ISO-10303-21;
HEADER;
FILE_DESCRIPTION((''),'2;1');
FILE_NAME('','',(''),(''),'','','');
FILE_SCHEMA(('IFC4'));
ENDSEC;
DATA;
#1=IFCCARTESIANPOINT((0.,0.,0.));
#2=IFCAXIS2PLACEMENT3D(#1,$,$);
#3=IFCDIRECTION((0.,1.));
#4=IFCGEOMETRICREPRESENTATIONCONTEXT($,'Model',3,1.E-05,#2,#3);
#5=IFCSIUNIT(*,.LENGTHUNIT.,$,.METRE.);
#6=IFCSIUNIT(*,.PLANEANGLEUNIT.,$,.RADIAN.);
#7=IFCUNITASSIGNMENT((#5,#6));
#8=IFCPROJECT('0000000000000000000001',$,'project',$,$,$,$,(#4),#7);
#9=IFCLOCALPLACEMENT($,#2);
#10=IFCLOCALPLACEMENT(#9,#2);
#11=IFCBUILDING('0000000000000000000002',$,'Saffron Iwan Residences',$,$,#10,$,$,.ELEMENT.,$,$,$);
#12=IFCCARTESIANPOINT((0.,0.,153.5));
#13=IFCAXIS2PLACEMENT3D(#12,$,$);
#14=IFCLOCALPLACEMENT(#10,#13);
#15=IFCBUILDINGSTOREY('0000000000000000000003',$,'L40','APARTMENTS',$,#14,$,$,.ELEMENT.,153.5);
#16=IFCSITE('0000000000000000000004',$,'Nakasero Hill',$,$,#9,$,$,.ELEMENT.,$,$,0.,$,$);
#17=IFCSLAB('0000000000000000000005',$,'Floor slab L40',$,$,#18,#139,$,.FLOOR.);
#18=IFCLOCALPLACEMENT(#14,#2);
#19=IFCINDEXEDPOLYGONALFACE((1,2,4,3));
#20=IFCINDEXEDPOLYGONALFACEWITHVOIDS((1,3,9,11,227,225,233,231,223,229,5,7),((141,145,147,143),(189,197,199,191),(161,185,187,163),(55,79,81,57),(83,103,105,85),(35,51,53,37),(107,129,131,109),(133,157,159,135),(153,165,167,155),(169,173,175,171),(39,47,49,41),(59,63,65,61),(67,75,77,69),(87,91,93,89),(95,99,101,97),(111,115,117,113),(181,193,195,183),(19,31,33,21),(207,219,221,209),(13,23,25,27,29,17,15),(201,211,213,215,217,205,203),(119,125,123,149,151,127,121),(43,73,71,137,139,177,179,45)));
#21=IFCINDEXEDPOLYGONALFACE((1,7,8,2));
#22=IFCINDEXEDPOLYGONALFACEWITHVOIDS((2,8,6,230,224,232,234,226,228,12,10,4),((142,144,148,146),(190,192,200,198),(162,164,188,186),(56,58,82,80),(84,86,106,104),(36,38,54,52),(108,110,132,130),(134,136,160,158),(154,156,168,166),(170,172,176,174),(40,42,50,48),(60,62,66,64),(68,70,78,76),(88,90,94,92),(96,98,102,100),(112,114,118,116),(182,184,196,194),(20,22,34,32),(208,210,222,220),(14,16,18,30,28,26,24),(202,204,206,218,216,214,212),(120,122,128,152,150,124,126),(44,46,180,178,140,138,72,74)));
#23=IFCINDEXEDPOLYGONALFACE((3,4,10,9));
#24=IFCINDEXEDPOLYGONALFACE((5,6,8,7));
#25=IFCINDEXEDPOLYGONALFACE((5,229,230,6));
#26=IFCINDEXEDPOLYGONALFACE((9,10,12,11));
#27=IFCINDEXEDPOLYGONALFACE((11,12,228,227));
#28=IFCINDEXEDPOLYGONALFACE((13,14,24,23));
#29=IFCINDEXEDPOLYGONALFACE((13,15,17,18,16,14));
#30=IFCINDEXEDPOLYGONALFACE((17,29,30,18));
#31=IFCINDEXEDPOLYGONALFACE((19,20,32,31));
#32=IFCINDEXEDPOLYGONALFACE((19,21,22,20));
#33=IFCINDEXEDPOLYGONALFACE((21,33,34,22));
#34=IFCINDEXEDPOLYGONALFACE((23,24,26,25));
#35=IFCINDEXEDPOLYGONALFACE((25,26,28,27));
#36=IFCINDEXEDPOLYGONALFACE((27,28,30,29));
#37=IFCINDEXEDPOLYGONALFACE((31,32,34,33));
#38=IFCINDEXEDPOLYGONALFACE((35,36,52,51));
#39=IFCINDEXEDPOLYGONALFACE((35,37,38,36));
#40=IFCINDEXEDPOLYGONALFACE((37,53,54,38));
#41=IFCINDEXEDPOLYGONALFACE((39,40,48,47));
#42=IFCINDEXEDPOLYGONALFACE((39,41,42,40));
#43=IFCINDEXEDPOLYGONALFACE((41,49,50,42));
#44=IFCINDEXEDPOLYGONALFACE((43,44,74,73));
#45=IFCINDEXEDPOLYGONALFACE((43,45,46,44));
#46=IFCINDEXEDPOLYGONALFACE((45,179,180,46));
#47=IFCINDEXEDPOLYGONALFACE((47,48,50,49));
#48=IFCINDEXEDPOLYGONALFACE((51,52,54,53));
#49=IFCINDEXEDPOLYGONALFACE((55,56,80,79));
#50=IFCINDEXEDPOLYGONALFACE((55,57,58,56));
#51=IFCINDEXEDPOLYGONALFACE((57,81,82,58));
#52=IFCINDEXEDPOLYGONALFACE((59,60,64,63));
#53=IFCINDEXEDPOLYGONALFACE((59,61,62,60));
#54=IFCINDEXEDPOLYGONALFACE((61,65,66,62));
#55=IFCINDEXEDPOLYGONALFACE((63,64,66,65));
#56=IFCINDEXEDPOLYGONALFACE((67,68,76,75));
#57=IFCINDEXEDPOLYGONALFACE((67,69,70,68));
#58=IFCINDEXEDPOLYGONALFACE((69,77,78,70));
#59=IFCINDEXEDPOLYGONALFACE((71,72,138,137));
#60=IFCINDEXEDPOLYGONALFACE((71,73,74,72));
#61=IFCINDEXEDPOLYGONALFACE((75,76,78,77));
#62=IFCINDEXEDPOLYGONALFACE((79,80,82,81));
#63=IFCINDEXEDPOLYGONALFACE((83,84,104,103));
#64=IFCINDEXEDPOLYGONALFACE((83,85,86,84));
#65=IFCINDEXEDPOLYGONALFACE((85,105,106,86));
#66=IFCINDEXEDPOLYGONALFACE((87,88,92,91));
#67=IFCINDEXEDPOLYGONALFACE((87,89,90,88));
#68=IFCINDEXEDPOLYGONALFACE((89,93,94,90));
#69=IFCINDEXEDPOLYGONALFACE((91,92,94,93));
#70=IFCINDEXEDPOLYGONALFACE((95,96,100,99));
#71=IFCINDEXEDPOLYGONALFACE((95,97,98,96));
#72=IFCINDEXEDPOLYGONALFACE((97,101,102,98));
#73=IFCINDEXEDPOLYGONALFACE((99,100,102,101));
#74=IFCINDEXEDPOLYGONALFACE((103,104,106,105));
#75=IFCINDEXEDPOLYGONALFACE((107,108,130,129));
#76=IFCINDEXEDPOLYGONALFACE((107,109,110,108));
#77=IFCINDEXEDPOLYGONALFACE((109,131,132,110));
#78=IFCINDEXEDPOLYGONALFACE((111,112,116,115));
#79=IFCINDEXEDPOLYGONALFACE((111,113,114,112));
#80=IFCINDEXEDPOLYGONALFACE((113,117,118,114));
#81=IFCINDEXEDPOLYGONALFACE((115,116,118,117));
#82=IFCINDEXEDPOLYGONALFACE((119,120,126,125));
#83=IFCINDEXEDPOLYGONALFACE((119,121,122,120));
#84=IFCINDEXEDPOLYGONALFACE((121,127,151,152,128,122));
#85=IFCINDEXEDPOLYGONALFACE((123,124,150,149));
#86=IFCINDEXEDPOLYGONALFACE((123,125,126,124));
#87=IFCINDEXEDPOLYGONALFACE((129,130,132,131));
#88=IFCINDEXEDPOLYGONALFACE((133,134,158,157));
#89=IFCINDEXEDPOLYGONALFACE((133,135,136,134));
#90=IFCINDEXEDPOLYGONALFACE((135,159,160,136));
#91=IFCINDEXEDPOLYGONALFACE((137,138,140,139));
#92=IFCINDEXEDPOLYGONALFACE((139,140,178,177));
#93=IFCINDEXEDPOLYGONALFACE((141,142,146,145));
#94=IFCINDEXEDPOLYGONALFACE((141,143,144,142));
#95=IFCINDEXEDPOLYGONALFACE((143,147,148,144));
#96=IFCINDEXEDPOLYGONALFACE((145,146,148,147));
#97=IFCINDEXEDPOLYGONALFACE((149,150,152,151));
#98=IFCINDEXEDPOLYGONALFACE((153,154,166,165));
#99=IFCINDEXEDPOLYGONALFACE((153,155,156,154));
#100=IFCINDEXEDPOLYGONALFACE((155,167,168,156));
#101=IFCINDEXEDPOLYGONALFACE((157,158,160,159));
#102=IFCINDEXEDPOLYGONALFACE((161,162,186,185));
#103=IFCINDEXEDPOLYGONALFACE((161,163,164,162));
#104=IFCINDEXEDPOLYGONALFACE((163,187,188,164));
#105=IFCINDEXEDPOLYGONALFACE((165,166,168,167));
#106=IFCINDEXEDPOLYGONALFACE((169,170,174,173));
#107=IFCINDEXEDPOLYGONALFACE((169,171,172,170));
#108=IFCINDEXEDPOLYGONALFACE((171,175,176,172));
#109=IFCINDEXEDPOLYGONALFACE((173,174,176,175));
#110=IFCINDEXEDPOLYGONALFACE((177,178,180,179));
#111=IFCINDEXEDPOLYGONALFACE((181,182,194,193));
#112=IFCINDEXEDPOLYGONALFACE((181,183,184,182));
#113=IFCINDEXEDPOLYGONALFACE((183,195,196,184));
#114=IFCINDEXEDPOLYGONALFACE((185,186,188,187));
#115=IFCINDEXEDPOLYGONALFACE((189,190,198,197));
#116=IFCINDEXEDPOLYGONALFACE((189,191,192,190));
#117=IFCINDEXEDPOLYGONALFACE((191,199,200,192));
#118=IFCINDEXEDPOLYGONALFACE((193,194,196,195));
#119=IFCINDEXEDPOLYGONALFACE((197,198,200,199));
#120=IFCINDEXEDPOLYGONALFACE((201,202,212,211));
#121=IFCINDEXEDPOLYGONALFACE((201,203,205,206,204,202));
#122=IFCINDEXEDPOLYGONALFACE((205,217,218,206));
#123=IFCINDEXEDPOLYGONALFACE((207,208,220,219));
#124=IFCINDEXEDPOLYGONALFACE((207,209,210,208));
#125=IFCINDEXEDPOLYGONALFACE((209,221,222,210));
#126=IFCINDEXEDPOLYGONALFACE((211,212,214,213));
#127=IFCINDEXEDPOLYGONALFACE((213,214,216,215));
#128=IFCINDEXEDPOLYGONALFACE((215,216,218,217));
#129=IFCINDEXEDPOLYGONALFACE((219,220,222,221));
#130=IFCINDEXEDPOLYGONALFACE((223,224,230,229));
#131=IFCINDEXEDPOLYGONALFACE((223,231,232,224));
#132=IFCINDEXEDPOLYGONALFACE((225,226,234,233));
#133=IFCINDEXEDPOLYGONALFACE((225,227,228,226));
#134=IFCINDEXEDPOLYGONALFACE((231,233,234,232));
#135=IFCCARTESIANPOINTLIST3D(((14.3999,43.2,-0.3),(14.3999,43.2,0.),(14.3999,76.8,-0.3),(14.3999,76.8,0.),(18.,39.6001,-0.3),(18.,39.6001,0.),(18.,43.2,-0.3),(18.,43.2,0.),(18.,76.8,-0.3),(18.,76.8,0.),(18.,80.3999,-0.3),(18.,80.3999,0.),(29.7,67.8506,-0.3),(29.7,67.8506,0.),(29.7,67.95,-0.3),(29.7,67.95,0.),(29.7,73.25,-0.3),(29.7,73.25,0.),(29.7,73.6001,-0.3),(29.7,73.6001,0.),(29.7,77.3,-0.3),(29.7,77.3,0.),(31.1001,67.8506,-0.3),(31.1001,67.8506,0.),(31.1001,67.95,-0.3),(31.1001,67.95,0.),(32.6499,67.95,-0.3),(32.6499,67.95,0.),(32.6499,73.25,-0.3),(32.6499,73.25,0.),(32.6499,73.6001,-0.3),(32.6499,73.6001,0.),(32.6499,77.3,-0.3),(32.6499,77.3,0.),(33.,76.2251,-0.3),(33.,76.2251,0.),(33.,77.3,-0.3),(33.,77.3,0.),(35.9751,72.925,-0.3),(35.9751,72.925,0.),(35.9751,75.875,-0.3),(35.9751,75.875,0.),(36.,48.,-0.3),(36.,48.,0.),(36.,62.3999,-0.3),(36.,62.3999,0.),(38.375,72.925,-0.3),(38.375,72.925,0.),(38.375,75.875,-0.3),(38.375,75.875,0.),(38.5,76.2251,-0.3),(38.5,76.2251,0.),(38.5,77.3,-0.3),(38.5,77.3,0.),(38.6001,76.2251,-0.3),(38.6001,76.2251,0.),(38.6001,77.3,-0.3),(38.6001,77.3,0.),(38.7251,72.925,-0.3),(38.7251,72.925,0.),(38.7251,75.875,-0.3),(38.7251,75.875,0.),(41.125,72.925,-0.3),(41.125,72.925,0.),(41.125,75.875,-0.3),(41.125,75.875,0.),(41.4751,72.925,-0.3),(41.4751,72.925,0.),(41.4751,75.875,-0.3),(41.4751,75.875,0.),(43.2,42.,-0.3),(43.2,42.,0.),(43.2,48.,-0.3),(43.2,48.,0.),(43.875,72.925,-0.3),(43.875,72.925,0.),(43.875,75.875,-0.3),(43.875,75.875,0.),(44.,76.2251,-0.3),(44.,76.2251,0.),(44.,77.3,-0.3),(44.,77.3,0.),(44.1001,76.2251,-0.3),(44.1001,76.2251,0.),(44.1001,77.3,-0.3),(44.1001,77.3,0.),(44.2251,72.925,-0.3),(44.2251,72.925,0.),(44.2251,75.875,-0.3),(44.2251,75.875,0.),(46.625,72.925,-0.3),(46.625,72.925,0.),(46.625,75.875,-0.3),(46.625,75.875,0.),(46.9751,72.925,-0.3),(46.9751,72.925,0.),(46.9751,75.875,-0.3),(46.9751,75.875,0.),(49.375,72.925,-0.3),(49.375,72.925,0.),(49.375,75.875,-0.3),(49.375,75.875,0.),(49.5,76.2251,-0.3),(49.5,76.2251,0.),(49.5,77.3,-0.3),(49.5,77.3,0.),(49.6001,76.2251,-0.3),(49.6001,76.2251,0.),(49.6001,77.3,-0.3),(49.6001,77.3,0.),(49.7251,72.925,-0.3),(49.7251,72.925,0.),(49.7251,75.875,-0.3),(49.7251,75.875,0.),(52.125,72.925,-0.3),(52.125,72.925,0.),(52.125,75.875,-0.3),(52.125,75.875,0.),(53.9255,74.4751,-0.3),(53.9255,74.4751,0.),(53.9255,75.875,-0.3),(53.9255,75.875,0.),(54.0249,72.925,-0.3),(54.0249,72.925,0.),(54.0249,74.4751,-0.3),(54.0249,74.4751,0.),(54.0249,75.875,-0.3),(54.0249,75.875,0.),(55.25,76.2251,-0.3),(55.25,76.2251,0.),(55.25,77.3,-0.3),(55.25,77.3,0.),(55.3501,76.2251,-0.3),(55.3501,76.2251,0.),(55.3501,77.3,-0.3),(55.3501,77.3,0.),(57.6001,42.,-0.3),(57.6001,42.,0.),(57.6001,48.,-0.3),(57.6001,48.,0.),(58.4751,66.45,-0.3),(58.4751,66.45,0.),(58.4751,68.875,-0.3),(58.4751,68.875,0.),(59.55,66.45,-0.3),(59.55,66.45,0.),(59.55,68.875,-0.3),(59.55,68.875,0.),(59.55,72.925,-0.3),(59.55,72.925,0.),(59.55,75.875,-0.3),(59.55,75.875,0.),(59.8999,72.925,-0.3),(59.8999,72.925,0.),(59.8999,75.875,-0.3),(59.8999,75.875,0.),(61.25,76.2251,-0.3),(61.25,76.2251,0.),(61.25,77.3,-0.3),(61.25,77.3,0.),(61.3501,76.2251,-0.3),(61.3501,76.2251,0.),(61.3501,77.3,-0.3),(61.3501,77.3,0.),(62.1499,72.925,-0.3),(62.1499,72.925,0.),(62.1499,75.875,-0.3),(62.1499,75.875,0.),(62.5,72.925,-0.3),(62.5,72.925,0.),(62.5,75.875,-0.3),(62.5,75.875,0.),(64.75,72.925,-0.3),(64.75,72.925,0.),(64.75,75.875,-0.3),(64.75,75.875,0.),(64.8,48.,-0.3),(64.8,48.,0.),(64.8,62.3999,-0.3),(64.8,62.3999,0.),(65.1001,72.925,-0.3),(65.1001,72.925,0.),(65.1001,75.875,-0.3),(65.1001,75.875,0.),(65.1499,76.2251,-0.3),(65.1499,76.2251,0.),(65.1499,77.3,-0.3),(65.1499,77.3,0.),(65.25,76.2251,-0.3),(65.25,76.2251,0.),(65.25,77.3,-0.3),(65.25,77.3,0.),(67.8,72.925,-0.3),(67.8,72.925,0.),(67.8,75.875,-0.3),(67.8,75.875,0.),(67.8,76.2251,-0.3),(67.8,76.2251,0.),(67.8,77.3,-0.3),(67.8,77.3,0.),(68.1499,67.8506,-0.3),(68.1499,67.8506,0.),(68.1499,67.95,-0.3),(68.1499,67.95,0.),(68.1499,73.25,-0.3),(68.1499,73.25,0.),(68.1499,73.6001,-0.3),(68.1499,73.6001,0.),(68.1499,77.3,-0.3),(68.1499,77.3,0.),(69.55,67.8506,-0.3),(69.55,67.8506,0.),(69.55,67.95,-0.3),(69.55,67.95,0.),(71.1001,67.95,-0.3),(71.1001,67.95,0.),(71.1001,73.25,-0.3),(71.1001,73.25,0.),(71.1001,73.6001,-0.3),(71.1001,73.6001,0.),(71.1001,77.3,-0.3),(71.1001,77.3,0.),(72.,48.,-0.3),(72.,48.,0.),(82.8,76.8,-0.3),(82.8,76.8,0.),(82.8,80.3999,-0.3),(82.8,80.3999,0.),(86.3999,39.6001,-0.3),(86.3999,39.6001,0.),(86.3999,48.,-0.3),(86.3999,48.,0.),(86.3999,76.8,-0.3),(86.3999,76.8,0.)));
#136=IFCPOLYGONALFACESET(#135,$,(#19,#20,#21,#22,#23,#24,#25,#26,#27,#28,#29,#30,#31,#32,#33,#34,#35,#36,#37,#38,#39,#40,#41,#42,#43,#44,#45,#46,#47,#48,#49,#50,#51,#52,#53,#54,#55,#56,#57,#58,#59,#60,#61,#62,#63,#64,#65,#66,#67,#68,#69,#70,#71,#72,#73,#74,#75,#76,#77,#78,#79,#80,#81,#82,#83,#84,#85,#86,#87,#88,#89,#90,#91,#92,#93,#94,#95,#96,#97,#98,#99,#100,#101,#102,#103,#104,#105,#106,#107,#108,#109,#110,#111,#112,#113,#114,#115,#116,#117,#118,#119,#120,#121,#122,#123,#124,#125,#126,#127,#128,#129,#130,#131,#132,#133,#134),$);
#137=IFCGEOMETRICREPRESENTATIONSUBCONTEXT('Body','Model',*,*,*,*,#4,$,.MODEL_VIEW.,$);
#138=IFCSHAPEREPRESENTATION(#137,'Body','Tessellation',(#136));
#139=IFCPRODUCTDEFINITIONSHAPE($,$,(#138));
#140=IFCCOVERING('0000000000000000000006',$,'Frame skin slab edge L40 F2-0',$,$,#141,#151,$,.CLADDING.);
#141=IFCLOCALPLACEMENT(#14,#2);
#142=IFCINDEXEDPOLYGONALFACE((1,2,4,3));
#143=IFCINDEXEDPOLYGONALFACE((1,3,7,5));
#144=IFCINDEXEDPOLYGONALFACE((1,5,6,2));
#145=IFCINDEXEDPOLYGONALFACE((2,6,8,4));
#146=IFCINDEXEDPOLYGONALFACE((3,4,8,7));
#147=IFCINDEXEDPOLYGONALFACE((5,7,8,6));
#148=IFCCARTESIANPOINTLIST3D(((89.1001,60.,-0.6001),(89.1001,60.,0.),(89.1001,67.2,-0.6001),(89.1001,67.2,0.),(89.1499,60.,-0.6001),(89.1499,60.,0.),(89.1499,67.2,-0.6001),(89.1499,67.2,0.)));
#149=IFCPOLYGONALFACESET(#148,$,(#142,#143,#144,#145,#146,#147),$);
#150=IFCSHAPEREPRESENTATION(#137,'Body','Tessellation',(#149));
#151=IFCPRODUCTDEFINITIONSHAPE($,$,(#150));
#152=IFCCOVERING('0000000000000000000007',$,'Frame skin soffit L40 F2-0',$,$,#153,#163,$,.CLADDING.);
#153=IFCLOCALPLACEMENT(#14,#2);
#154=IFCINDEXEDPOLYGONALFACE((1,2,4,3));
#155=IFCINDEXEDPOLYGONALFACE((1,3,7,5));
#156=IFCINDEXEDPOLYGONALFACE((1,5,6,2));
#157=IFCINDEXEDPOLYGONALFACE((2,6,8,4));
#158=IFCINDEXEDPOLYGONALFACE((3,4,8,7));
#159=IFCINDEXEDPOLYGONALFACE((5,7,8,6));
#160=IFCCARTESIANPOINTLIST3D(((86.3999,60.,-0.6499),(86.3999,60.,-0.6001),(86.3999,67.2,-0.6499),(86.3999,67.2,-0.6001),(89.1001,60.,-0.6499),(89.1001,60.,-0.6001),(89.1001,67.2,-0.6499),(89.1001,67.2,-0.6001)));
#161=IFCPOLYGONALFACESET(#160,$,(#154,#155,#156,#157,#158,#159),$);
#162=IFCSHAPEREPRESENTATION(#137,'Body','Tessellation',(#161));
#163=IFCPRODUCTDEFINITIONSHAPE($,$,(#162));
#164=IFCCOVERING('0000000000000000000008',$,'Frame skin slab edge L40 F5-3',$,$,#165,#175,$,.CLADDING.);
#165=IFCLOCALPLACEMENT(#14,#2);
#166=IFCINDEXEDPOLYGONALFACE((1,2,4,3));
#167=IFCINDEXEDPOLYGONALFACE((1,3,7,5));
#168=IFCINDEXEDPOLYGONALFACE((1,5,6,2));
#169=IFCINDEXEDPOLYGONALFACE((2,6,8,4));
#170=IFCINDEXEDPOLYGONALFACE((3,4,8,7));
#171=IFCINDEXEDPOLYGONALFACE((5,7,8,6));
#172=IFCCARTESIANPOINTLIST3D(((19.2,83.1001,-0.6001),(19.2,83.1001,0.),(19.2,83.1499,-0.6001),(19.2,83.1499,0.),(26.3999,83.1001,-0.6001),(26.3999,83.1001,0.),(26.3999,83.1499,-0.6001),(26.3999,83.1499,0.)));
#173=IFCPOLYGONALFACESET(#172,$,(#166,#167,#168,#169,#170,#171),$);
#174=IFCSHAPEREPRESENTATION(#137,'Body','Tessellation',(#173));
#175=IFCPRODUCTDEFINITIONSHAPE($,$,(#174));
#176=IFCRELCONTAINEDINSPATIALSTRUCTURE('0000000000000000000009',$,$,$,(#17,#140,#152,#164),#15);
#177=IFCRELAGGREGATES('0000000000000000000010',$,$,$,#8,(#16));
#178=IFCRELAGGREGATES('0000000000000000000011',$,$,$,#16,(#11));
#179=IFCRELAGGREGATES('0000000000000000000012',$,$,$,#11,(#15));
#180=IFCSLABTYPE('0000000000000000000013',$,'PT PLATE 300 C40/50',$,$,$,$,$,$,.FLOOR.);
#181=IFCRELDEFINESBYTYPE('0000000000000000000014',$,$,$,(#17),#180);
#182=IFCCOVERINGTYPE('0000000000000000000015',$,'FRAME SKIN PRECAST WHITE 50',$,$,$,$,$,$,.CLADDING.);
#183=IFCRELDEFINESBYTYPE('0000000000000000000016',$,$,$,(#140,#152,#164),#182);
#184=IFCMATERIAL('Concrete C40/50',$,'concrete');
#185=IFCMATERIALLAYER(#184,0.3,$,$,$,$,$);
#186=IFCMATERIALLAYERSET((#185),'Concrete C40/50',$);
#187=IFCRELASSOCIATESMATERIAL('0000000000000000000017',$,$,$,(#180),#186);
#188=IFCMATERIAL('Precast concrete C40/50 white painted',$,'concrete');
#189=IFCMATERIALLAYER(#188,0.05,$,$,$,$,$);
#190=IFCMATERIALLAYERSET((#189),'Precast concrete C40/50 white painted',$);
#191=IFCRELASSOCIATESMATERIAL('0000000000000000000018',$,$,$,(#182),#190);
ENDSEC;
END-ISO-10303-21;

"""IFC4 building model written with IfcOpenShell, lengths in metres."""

from ifc_helpers import new_model, si_unit, direction, frame, origin, place, context, subcontext, project, spatial, polyline, outline, extrude, material, layer, layer_set, type_object, element, save


model = new_model("IFC4")

# Units and contexts
model_context = context("Model", 3, precision=1e-05, world=origin(), true_north=direction((0.0, 1.0)))
body_context = subcontext(model_context, "Body", "Model", "MODEL_VIEW")
ifc_project = project(units=[si_unit("LENGTHUNIT", "METRE"), si_unit("PLANEANGLEUNIT", "RADIAN")], contexts=[model_context])

# Site, building, storey
site_placement = place(None, origin())
site = spatial("IfcSite", under=ifc_project, at=site_placement, Name="Nakasero Hill", CompositionType="ELEMENT", RefElevation=0.0)
building_placement = place(site_placement, origin())
building = spatial("IfcBuilding", under=site, at=building_placement, Name="Saffron Iwan Residences", CompositionType="ELEMENT")
storey_placement = place(building_placement, frame((0.0, 0.0, 153.5)))
storey = spatial("IfcBuildingStorey", under=building, at=storey_placement, Name="L40", Description="APARTMENTS", CompositionType="ELEMENT", Elevation=153.5)

# Slab
ifc_material_1 = material(Name="Concrete C40/50", Category="concrete")
ifc_layer_1 = layer(ifc_material_1, 0.3)
ifc_layer_set_1 = layer_set([ifc_layer_1], Name="Concrete C40/50")
slab_type_1 = type_object("IfcSlabType", Name="PT PLATE 300 C40/50", PredefinedType="FLOOR", material=ifc_layer_set_1)
slab_1_placement = place(storey_placement, frame((0.0, 0.0, -0.3)))
element("IfcSlab", 1, at=slab_1_placement, inside=storey, type_object=slab_type_1, Name="Floor slab L40", PredefinedType="FLOOR", context=body_context, shape_type="SweptSolid", body=[
    extrude(outline(polyline([(14.3999, 43.2), (14.3999, 76.8), (18.0, 76.8), (18.0, 80.3999), (82.8, 80.3999), (82.8, 76.8), (86.3999, 76.8), (86.3999, 48.0), (72.0, 48.0), (86.3999, 39.6001), (18.0, 39.6001), (18.0, 43.2), (14.3999, 43.2)]), holes=[polyline([(64.8, 48.0), (64.8, 62.3999), (36.0, 62.3999), (36.0, 48.0), (43.2, 48.0), (43.2, 42.0), (57.6001, 42.0), (57.6001, 48.0), (64.8, 48.0)]), polyline([(29.7, 73.25), (29.7, 67.95), (29.7, 67.8506), (31.1001, 67.8506), (31.1001, 67.95), (32.6499, 67.95), (32.6499, 73.25), (29.7, 73.25)]), polyline([(38.375, 75.875), (35.9751, 75.875), (35.9751, 72.925), (38.375, 72.925), (38.375, 75.875)]), polyline([(41.125, 75.875), (38.7251, 75.875), (38.7251, 72.925), (41.125, 72.925), (41.125, 75.875)]), polyline([(43.875, 72.925), (43.875, 75.875), (41.4751, 75.875), (41.4751, 72.925), (43.875, 72.925)]), polyline([(46.625, 72.925), (46.625, 75.875), (44.2251, 75.875), (44.2251, 72.925), (46.625, 72.925)]), polyline([(49.375, 75.875), (46.9751, 75.875), (46.9751, 72.925), (49.375, 72.925), (49.375, 75.875)]), polyline([(52.125, 72.925), (52.125, 75.875), (49.7251, 75.875), (49.7251, 72.925), (52.125, 72.925)]), polyline([(32.6499, 73.6001), (32.6499, 77.3), (29.7, 77.3), (29.7, 73.6001), (32.6499, 73.6001)]), polyline([(38.5, 77.3), (33.0, 77.3), (33.0, 76.2251), (38.5, 76.2251), (38.5, 77.3)]), polyline([(44.0, 76.2251), (44.0, 77.3), (38.6001, 77.3), (38.6001, 76.2251), (44.0, 76.2251)]), polyline([(49.5, 76.2251), (49.5, 77.3), (44.1001, 77.3), (44.1001, 76.2251), (49.5, 76.2251)]), polyline([(59.55, 68.875), (58.4751, 68.875), (58.4751, 66.45), (59.55, 66.45), (59.55, 68.875)]), polyline([(68.1499, 73.25), (68.1499, 67.95), (68.1499, 67.8506), (69.55, 67.8506), (69.55, 67.95), (71.1001, 67.95), (71.1001, 73.25), (68.1499, 73.25)]), polyline([(54.0249, 74.4751), (54.0249, 72.925), (59.55, 72.925), (59.55, 75.875), (54.0249, 75.875), (53.9255, 75.875), (53.9255, 74.4751), (54.0249, 74.4751)]), polyline([(62.1499, 72.925), (62.1499, 75.875), (59.8999, 75.875), (59.8999, 72.925), (62.1499, 72.925)]), polyline([(64.75, 72.925), (64.75, 75.875), (62.5, 75.875), (62.5, 72.925), (64.75, 72.925)]), polyline([(67.8, 75.875), (65.1001, 75.875), (65.1001, 72.925), (67.8, 72.925), (67.8, 75.875)]), polyline([(71.1001, 73.6001), (71.1001, 77.3), (68.1499, 77.3), (68.1499, 73.6001), (71.1001, 73.6001)]), polyline([(55.25, 76.2251), (55.25, 77.3), (49.6001, 77.3), (49.6001, 76.2251), (55.25, 76.2251)]), polyline([(61.25, 77.3), (55.3501, 77.3), (55.3501, 76.2251), (61.25, 76.2251), (61.25, 77.3)]), polyline([(65.1499, 76.2251), (65.1499, 77.3), (61.3501, 77.3), (61.3501, 76.2251), (65.1499, 76.2251)]), polyline([(67.8, 76.2251), (67.8, 77.3), (65.25, 77.3), (65.25, 76.2251), (67.8, 76.2251)])]), origin(), (0.0, 0.0, 1.0), 0.3),
])

# Coverings
ifc_material_2 = material(Name="Precast concrete C40/50 white painted", Category="concrete")
ifc_layer_2 = layer(ifc_material_2, 0.05)
ifc_layer_set_2 = layer_set([ifc_layer_2], Name="Precast concrete C40/50 white painted")
covering_type_1 = type_object("IfcCoveringType", Name="FRAME SKIN PRECAST WHITE 50", PredefinedType="CLADDING", material=ifc_layer_set_2)
covering_1_placement = place(storey_placement, frame((0.0, 0.0, -0.6001)))
element("IfcCovering", 2, at=covering_1_placement, inside=storey, type_object=covering_type_1, Name="Frame skin slab edge L40 F2-0", PredefinedType="CLADDING", context=body_context, shape_type="SweptSolid", body=[
    extrude(outline(polyline([(89.1499, 60.0), (89.1499, 67.2), (89.1001, 67.2), (89.1001, 60.0), (89.1499, 60.0)])), origin(), (0.0, 0.0, 1.0), 0.6001),
])
covering_2_placement = place(storey_placement, frame((0.0, 0.0, -0.6499)))
element("IfcCovering", 3, at=covering_2_placement, inside=storey, type_object=covering_type_1, Name="Frame skin soffit L40 F2-0", PredefinedType="CLADDING", context=body_context, shape_type="SweptSolid", body=[
    extrude(outline(polyline([(89.1001, 60.0), (89.1001, 67.2), (86.3999, 67.2), (86.3999, 60.0), (89.1001, 60.0)])), origin(), (0.0, 0.0, 1.0), 0.0498),
])
covering_3_placement = place(storey_placement, frame((0.0, 0.0, -0.6001)))
element("IfcCovering", 4, at=covering_3_placement, inside=storey, type_object=covering_type_1, Name="Frame skin slab edge L40 F5-3", PredefinedType="CLADDING", context=body_context, shape_type="SweptSolid", body=[
    extrude(outline(polyline([(26.3999, 83.1499), (19.2, 83.1499), (19.2, 83.1001), (26.3999, 83.1001), (26.3999, 83.1499)])), origin(), (0.0, 0.0, 1.0), 0.6001),
])

save(model, "model.ifc")
